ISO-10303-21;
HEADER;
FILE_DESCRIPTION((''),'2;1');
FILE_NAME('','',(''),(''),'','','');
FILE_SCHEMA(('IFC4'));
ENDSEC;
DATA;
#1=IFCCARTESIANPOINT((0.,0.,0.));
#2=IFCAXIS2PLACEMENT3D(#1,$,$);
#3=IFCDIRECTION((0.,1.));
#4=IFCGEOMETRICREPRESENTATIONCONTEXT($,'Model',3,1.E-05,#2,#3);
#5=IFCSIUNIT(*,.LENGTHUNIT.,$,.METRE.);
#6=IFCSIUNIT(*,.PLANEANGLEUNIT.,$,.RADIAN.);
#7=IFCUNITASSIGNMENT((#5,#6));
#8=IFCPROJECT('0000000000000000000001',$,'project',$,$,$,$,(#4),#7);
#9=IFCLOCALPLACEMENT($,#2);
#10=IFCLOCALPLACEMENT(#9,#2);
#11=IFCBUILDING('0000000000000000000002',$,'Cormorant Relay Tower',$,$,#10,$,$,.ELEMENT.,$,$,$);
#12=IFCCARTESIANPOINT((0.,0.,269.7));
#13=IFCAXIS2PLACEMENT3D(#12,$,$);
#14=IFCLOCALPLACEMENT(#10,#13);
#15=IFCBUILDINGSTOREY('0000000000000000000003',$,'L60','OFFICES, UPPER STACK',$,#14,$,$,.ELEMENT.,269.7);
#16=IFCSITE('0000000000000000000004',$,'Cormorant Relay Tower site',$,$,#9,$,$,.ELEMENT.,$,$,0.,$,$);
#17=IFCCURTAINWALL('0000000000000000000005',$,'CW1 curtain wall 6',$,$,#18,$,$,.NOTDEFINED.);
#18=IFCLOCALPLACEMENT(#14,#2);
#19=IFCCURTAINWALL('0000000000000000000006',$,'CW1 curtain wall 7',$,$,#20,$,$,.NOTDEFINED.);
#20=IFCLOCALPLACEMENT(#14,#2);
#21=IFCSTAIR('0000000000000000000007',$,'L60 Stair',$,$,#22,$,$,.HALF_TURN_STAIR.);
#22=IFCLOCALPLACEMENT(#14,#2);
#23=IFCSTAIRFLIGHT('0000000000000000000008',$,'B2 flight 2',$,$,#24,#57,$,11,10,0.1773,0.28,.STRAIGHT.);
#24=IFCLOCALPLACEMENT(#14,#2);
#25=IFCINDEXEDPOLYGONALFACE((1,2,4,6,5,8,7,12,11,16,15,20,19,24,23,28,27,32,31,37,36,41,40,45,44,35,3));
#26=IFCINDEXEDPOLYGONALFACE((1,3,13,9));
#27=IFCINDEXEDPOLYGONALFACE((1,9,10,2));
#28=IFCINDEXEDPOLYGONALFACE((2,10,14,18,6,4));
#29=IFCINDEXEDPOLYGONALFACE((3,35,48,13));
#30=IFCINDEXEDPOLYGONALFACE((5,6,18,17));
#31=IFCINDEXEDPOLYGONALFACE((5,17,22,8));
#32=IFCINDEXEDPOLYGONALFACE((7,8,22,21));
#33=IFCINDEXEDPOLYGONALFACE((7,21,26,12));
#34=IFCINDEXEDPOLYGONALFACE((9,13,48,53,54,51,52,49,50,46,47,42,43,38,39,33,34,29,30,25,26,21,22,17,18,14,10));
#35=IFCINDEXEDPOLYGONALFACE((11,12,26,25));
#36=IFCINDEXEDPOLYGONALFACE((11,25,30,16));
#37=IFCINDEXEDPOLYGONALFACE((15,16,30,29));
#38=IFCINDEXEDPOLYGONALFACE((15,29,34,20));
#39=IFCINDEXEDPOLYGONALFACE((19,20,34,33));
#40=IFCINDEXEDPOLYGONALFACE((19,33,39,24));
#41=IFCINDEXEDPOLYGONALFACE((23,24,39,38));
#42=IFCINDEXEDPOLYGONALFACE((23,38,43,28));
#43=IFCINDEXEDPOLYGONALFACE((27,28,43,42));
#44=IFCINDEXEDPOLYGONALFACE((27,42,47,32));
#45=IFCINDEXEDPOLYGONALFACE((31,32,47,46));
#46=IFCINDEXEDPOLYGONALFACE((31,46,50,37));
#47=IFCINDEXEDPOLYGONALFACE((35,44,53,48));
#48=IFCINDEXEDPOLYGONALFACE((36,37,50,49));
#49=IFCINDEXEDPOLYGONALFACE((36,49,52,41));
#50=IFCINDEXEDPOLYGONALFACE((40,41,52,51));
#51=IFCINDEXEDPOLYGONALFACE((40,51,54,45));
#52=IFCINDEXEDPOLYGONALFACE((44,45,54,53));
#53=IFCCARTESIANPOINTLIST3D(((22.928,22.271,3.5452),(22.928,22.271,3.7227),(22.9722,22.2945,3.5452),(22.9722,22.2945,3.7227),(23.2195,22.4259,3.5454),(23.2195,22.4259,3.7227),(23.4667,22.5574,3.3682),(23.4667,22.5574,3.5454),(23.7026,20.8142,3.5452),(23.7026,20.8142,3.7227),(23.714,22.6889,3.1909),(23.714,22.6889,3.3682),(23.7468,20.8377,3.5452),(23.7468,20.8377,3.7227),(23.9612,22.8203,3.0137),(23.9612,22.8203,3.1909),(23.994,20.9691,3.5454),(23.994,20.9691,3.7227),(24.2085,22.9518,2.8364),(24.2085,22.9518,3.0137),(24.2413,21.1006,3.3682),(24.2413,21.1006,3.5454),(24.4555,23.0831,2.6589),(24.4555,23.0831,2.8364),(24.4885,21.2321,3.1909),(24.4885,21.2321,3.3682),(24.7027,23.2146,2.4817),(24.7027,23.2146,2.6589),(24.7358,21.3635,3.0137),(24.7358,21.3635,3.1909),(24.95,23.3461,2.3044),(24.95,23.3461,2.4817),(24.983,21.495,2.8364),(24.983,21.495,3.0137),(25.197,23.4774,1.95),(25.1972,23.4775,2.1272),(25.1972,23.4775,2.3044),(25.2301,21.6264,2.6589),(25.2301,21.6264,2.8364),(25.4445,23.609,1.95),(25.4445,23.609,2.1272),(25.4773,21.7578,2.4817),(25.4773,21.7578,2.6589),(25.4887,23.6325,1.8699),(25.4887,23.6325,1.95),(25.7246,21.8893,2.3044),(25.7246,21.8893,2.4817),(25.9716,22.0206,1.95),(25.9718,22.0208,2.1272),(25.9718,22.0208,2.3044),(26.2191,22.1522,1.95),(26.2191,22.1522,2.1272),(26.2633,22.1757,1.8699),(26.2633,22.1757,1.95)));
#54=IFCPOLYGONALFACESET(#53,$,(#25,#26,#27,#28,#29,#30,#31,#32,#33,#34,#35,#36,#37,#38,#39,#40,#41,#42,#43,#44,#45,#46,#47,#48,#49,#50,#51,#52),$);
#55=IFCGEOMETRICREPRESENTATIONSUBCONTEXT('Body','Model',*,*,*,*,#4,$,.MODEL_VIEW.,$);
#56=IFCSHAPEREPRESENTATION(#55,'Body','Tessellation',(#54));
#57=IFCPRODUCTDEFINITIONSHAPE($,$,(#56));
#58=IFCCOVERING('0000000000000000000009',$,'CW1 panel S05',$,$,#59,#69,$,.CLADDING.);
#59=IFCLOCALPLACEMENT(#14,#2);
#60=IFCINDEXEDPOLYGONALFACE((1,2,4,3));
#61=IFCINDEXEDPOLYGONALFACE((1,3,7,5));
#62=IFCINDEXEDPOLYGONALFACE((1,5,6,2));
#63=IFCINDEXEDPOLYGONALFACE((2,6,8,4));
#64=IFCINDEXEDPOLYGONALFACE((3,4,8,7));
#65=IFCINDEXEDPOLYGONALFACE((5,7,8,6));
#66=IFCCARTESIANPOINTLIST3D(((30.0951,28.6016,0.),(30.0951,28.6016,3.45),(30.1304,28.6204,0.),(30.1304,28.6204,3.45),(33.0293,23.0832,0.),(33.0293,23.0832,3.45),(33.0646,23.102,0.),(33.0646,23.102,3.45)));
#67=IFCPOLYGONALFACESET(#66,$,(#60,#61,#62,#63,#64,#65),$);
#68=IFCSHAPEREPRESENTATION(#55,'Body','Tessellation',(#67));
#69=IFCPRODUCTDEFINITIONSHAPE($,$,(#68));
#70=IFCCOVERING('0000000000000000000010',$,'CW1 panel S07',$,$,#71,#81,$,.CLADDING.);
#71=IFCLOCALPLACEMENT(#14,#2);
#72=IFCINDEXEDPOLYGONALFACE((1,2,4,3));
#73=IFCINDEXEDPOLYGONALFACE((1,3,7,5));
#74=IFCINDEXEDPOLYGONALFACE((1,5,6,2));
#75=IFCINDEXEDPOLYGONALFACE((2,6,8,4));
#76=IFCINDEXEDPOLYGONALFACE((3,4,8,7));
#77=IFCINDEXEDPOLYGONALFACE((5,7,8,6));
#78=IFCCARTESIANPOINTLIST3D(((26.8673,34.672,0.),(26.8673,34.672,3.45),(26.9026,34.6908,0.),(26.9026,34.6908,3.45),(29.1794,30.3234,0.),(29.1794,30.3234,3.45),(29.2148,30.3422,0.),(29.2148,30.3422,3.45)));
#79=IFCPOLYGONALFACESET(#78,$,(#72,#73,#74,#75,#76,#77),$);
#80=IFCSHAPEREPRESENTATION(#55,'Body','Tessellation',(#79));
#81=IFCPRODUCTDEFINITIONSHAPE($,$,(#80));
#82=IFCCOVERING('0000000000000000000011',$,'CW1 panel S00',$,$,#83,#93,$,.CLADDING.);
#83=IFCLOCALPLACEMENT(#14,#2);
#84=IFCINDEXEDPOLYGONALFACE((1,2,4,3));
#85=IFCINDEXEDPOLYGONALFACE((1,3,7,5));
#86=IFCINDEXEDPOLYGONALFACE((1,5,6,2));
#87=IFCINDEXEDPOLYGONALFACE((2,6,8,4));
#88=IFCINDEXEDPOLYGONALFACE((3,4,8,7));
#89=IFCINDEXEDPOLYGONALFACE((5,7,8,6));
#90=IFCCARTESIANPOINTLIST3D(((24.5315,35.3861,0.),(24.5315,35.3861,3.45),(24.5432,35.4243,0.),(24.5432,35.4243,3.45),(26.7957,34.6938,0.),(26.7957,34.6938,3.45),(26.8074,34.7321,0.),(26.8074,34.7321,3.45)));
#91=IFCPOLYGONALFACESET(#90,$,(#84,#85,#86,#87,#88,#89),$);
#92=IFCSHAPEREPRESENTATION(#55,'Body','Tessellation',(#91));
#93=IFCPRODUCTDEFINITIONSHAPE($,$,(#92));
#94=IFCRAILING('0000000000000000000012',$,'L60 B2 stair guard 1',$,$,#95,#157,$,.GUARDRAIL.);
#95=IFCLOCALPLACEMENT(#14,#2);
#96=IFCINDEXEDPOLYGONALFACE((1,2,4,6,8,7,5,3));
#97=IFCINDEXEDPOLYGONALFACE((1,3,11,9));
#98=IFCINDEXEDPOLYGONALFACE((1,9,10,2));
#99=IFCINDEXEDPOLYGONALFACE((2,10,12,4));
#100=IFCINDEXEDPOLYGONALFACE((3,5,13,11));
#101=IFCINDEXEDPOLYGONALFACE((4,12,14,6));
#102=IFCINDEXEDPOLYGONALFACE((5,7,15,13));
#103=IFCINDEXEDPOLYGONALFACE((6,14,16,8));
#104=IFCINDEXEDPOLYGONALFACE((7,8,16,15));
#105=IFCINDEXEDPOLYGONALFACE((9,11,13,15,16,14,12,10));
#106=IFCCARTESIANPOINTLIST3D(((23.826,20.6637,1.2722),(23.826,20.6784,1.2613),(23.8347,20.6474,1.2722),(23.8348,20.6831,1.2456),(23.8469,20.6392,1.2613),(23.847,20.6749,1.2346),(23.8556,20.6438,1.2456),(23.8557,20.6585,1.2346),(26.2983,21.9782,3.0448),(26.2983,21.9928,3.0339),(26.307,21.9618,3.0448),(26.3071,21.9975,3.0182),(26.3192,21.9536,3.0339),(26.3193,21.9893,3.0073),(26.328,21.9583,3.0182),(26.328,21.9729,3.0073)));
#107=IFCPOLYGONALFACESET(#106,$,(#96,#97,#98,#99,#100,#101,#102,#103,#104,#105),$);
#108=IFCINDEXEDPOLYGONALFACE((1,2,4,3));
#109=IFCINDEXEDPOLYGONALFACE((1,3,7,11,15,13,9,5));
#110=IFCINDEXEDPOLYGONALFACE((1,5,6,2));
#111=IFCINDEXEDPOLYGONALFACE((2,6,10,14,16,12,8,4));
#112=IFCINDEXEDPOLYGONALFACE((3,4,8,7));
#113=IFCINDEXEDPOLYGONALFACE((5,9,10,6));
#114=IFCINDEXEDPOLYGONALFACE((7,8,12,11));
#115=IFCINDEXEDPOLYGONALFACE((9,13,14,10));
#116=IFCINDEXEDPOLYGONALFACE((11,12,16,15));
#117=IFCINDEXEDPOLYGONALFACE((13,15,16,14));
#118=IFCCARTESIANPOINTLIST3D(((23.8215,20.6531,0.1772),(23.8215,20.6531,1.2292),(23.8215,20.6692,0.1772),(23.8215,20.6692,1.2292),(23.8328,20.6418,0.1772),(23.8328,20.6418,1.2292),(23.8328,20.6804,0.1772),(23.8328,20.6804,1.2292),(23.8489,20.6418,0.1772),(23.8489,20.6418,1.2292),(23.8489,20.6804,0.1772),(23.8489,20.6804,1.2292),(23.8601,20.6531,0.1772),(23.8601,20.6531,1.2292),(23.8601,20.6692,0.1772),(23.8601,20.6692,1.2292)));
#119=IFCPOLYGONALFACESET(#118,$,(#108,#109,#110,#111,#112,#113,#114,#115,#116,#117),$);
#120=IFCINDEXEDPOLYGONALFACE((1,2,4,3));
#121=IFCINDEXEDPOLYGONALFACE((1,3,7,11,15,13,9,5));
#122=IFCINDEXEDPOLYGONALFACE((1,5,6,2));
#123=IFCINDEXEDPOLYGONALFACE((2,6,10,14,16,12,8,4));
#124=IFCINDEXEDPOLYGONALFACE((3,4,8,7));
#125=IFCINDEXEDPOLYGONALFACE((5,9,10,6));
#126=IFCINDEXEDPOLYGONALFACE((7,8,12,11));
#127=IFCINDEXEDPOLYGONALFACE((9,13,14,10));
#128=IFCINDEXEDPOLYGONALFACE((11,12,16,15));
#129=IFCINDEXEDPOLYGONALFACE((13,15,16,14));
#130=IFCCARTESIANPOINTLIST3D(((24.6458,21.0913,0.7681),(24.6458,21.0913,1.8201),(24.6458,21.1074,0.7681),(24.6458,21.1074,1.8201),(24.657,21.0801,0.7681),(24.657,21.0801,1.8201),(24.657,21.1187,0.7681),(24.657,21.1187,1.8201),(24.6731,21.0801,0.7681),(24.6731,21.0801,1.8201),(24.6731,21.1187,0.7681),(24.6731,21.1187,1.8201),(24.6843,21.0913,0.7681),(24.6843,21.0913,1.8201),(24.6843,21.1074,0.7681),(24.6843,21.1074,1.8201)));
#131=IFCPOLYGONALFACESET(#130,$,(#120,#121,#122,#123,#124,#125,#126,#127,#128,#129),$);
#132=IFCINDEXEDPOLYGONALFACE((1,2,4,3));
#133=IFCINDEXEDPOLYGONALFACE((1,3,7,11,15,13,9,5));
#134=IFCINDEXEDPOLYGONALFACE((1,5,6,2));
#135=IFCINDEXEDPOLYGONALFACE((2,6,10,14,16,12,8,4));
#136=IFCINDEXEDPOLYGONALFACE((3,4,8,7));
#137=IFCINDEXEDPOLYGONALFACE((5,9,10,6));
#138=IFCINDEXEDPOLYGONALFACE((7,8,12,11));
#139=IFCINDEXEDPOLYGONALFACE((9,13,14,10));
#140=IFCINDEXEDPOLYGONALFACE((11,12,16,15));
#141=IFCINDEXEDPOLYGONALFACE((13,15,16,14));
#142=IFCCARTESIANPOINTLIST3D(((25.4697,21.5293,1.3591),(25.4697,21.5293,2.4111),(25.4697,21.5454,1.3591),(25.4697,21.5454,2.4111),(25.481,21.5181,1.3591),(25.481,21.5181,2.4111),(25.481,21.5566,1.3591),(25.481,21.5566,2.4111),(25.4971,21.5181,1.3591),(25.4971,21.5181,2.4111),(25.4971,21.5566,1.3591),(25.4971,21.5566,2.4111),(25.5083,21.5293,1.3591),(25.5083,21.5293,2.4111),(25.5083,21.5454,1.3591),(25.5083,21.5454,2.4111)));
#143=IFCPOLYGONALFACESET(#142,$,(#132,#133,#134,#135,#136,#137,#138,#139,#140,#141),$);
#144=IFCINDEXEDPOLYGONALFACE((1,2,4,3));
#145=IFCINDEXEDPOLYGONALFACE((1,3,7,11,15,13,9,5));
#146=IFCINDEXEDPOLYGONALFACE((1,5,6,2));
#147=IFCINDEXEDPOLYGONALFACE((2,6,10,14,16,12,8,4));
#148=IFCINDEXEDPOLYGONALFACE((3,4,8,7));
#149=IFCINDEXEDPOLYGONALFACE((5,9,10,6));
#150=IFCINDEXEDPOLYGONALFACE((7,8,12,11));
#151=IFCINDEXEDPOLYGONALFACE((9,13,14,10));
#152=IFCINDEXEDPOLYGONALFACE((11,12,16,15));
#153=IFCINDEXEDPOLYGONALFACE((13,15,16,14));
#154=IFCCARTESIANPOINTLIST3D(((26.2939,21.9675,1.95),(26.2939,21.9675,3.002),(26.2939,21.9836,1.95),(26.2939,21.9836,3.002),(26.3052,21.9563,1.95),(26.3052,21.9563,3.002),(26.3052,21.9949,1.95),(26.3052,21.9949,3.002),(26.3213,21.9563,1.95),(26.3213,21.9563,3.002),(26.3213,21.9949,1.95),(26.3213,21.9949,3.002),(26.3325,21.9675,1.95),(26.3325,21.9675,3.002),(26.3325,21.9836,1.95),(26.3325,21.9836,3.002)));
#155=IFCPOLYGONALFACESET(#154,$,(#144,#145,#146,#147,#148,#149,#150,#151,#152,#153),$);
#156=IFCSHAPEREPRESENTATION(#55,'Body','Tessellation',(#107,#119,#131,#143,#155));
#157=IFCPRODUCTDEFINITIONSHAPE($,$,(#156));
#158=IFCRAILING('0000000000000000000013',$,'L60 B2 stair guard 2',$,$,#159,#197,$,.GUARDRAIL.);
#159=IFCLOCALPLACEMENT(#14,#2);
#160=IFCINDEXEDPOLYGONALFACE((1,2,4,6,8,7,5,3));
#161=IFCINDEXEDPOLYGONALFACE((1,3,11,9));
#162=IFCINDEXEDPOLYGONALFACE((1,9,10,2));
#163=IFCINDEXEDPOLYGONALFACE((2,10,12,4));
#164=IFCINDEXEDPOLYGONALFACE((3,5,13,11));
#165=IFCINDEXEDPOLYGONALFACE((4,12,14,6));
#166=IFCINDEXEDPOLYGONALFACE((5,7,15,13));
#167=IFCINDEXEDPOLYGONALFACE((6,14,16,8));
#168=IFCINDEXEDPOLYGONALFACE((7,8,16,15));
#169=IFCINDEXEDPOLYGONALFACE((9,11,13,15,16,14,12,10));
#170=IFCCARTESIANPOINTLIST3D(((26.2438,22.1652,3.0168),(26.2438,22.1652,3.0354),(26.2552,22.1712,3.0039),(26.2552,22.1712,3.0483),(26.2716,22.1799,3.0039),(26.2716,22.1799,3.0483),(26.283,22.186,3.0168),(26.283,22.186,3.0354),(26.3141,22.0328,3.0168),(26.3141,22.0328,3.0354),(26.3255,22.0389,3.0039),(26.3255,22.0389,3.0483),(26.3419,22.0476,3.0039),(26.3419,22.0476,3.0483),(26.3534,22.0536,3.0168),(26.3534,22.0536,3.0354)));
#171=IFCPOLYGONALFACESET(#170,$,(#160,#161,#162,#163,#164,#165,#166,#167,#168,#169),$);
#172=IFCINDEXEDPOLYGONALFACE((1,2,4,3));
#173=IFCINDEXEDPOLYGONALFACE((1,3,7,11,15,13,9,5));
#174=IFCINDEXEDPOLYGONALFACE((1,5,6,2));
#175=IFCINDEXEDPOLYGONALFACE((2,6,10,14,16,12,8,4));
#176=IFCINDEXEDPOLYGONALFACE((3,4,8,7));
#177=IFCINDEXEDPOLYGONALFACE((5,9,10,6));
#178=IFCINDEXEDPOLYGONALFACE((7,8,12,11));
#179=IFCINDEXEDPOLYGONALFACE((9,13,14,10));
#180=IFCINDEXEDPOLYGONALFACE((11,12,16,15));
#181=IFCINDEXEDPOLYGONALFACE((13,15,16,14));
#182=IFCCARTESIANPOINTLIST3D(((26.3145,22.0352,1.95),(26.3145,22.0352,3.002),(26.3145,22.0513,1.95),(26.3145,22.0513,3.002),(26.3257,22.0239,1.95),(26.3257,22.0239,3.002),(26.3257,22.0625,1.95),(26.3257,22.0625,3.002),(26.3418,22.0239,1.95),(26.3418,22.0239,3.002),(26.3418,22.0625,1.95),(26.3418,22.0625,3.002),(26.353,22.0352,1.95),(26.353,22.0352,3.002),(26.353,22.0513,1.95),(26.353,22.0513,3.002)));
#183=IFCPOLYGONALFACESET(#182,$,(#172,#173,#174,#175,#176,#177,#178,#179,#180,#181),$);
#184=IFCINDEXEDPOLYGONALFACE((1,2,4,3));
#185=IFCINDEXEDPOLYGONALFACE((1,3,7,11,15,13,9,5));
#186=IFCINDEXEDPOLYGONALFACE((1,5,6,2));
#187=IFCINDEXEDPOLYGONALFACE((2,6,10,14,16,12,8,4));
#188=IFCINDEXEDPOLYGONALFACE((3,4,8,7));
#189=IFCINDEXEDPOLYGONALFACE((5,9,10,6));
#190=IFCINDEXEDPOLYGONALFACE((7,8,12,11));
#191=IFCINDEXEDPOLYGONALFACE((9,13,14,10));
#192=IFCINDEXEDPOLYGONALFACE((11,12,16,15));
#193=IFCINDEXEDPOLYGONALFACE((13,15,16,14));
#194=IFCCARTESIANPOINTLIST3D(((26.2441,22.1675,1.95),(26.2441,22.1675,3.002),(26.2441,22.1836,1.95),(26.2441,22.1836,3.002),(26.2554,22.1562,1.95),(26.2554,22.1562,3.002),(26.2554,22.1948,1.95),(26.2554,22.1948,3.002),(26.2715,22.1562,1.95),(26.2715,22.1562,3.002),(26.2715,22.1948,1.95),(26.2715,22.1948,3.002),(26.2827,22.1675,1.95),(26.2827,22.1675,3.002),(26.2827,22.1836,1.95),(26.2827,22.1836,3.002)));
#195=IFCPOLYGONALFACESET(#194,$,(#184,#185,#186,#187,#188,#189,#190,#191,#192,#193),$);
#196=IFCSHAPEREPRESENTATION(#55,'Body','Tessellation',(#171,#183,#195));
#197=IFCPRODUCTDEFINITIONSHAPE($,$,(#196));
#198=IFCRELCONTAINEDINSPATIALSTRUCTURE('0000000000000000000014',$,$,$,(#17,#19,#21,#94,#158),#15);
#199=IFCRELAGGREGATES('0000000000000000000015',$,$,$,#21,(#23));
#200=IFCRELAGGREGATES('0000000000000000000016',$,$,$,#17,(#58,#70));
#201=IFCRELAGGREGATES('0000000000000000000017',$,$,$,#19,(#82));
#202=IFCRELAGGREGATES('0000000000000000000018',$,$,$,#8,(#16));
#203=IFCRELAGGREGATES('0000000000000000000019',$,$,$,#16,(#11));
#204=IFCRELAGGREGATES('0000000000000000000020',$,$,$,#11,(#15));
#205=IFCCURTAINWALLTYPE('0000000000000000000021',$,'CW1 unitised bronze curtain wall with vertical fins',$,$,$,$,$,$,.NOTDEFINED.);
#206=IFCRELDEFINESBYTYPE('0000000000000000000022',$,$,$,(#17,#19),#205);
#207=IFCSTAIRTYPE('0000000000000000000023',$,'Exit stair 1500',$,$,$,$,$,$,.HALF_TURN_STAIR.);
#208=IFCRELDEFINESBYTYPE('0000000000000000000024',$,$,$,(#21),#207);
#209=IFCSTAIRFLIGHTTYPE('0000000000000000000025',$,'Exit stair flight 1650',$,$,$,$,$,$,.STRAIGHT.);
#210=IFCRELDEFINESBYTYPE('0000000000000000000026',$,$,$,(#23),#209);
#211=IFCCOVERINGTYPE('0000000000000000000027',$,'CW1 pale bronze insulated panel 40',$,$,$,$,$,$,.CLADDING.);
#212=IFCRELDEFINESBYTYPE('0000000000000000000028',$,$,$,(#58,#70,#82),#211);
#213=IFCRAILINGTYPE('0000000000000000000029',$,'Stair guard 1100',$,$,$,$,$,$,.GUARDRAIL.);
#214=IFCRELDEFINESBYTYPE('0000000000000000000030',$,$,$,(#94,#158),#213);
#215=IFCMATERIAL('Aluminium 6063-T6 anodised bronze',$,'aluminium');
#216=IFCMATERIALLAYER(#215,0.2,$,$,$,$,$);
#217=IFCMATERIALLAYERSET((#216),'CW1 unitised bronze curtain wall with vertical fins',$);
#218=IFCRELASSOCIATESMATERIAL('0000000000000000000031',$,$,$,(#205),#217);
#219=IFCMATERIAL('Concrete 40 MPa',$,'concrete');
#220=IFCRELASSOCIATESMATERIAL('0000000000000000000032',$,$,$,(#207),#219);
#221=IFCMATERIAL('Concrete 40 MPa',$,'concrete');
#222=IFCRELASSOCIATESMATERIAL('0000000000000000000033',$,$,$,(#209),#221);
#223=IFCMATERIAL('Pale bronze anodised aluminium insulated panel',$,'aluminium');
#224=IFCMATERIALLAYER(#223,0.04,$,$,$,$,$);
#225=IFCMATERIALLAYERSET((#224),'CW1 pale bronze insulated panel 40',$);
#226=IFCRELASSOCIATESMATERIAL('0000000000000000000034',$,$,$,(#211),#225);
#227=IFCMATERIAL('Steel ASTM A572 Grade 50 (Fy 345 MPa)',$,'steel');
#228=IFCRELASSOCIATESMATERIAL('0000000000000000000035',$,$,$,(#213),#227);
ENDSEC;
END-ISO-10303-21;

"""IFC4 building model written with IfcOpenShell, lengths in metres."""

from ifc_helpers import new_model, si_unit, direction, frame, origin, origin_2d, place, context, subcontext, project, spatial, polyline, rectangle, outline, extrude, material, layer, layer_set, type_object, element, aggregate, save


model = new_model("IFC4")

# Units and contexts
model_context = context("Model", 3, precision=1e-05, world=origin(), true_north=direction((0.0, 1.0)))
body_context = subcontext(model_context, "Body", "Model", "MODEL_VIEW")
ifc_project = project(units=[si_unit("LENGTHUNIT", "METRE"), si_unit("PLANEANGLEUNIT", "RADIAN")], contexts=[model_context])

# Site, building, storey
site_placement = place(None, origin())
site = spatial("IfcSite", under=ifc_project, at=site_placement, Name="Cormorant Relay Tower site", CompositionType="ELEMENT", RefElevation=0.0)
building_placement = place(site_placement, origin())
building = spatial("IfcBuilding", under=site, at=building_placement, Name="Cormorant Relay Tower", CompositionType="ELEMENT")
storey_placement = place(building_placement, frame((0.0, 0.0, 269.7)))
storey = spatial("IfcBuildingStorey", under=building, at=storey_placement, Name="L60", Description="OFFICES, UPPER STACK", CompositionType="ELEMENT", Elevation=269.7)

# Curtain walls
ifc_material_1 = material(Name="Aluminium 6063-T6 anodised bronze", Category="aluminium")
ifc_layer_1 = layer(ifc_material_1, 0.2)
ifc_layer_set_1 = layer_set([ifc_layer_1], Name="CW1 unitised bronze curtain wall with vertical fins")
curtain_wall_type = type_object("IfcCurtainWallType", Name="CW1 unitised bronze curtain wall with vertical fins", PredefinedType="NOTDEFINED", material=ifc_layer_set_1)
curtain_wall_1_placement = place(storey_placement, origin())
curtain_wall_1 = element("IfcCurtainWall", 1, at=curtain_wall_1_placement, inside=storey, type_object=curtain_wall_type, Name="CW1 curtain wall 6", PredefinedType="NOTDEFINED")
curtain_wall_2_placement = place(storey_placement, origin())
curtain_wall_2 = element("IfcCurtainWall", 2, at=curtain_wall_2_placement, inside=storey, type_object=curtain_wall_type, Name="CW1 curtain wall 7", PredefinedType="NOTDEFINED")

# Stair, stair flight
ifc_material_2 = material(Name="Concrete 40 MPa", Category="concrete")
stair_type = type_object("IfcStairType", Name="Exit stair 1500", PredefinedType="HALF_TURN_STAIR", material=ifc_material_2)
stair_placement = place(storey_placement, origin())
stair = element("IfcStair", 3, at=stair_placement, inside=storey, type_object=stair_type, Name="L60 Stair", PredefinedType="HALF_TURN_STAIR")
ifc_material_3 = material(Name="Concrete 40 MPa", Category="concrete")
stair_flight_type = type_object("IfcStairFlightType", Name="Exit stair flight 1650", PredefinedType="STRAIGHT", material=ifc_material_3)
stair_flight_1_placement = place(storey_placement, frame((25.8318, 22.8806, 1.95), z_axis=(0.0, 0.0, 1.0), x_axis=(-0.882948, -0.469472, 0.0)))
stair_flight_1 = element("IfcStairFlight", 4, at=stair_flight_1_placement, type_object=stair_flight_type, Name="B2 flight 2", NumberOfRisers=11, NumberOfTreads=10, PredefinedType="STRAIGHT", RiserHeight=0.1773, TreadLength=0.28, context=body_context, shape_type="SweptSolid", body=[
    extrude(outline(polyline([(-0.05, -0.0801), (-0.05, 0.0), (0.0, 0.0), (0.0, 0.1772), (0.28, 0.1772), (0.28, 0.3545), (0.5601, 0.3545), (0.5601, 0.5317), (0.8401, 0.5317), (0.8401, 0.709), (1.1201, 0.709), (1.1201, 0.8865), (1.3999, 0.8865), (1.3999, 1.0637), (1.6799, 1.0637), (1.6799, 1.241), (1.96, 1.241), (1.96, 1.4182), (2.24, 1.4182), (2.24, 1.5955), (2.52, 1.5955), (2.52, 1.7727), (2.8, 1.7727), (2.8501, 1.7727), (2.8501, 1.5952), (2.8, 1.5952), (0.2803, 0.0), (-0.05, -0.0801)])), frame((0.0, 0.825, 0.0), z_axis=(0.0, -1.0, 0.0), x_axis=(1.0, 0.0, 0.0)), (0.0, 0.0, 1.0), 1.6499),
])
aggregate(stair, [stair_flight_1])

# Coverings
ifc_material_4 = material(Name="Pale bronze anodised aluminium insulated panel", Category="aluminium")
ifc_layer_2 = layer(ifc_material_4, 0.04)
ifc_layer_set_2 = layer_set([ifc_layer_2], Name="CW1 pale bronze insulated panel 40")
covering_type = type_object("IfcCoveringType", Name="CW1 pale bronze insulated panel 40", PredefinedType="CLADDING", material=ifc_layer_set_2)
covering_1_placement = place(storey_placement, frame((31.5798, 25.8518, 0.0), z_axis=(0.0, 0.0, 1.0), x_axis=(-0.469472, 0.882948, 0.0)))
covering_1 = element("IfcCovering", 5, at=covering_1_placement, type_object=covering_type, Name="CW1 panel S05", PredefinedType="CLADDING", context=body_context, shape_type="SweptSolid", body=[
    extrude(rectangle(XDim=6.25, YDim=0.04, at=origin_2d()), origin(), (0.0, 0.0, 1.0), 3.45),
])
covering_2_placement = place(storey_placement, frame((28.041, 32.5071, 0.0), z_axis=(0.0, 0.0, 1.0), x_axis=(-0.469472, 0.882948, 0.0)))
covering_2 = element("IfcCovering", 6, at=covering_2_placement, type_object=covering_type, Name="CW1 panel S07", PredefinedType="CLADDING", context=body_context, shape_type="SweptSolid", body=[
    extrude(rectangle(XDim=4.925, YDim=0.04, at=origin_2d()), origin(), (0.0, 0.0, 1.0), 3.45),
])
aggregate(curtain_wall_1, [covering_1, covering_2])
covering_3_placement = place(storey_placement, frame((25.6694, 35.0591, 0.0), z_axis=(0.0, 0.0, 1.0), x_axis=(-0.956305, 0.292372, 0.0)))
covering_3 = element("IfcCovering", 7, at=covering_3_placement, type_object=covering_type, Name="CW1 panel S00", PredefinedType="CLADDING", context=body_context, shape_type="SweptSolid", body=[
    extrude(rectangle(XDim=2.3677, YDim=0.04, at=origin_2d()), origin(), (0.0, 0.0, 1.0), 3.45),
])
aggregate(curtain_wall_2, [covering_3])

# Railings
ifc_material_5 = material(Name="Steel ASTM A572 Grade 50 (Fy 345 MPa)", Category="steel")
railing_type_1 = type_object("IfcRailingType", Name="Stair guard 1100", PredefinedType="GUARDRAIL", material=ifc_material_5)
railing_1_placement = place(storey_placement, frame((23.8408, 20.6611, 0.1772)))
element("IfcRailing", 8, at=railing_1_placement, inside=storey, type_object=railing_type_1, Name="L60 B2 stair guard 1", PredefinedType="GUARDRAIL", context=body_context, shape_type="SweptSolid", body=[
    extrude(outline(polyline([(0.0222, 0.0093), (0.0093, 0.0222), (-0.0093, 0.0222), (-0.0222, 0.0093), (-0.0222, -0.0093), (-0.0093, -0.0222), (0.0093, -0.0222), (0.0222, -0.0093), (0.0222, 0.0093)])), frame((0.0, 0.0, 1.0762), z_axis=(0.746034, 0.396627, 0.534902), x_axis=(-0.469429, 0.88297, 0.0)), (0.0, 0.0, 1.0), 3.314),
    extrude(outline(polyline([(0.0193, 0.0081), (0.0081, 0.0193), (-0.0081, 0.0193), (-0.0193, 0.0081), (-0.0193, -0.0081), (-0.0081, -0.0193), (0.0081, -0.0193), (0.0193, -0.0081), (0.0193, 0.0081)])), origin(), (0.0, 0.0, 1.0), 1.052),
    extrude(outline(polyline([(0.0193, 0.0081), (0.0081, 0.0193), (-0.0081, 0.0193), (-0.0193, 0.0081), (-0.0193, -0.0081), (-0.0081, -0.0193), (0.0081, -0.0193), (0.0193, -0.0081), (0.0193, 0.0081)])), frame((0.8242, 0.4382, 0.5908)), (0.0, 0.0, 1.0), 1.052),
    extrude(outline(polyline([(0.0193, 0.0081), (0.0081, 0.0193), (-0.0081, 0.0193), (-0.0193, 0.0081), (-0.0193, -0.0081), (-0.0081, -0.0193), (0.0081, -0.0193), (0.0193, -0.0081), (0.0193, 0.0081)])), frame((1.6482, 0.8762, 1.1819)), (0.0, 0.0, 1.0), 1.052),
    extrude(outline(polyline([(0.0193, 0.0081), (0.0081, 0.0193), (-0.0081, 0.0193), (-0.0193, 0.0081), (-0.0193, -0.0081), (-0.0081, -0.0193), (0.0081, -0.0193), (0.0193, -0.0081), (0.0193, 0.0081)])), frame((2.4724, 1.3145, 1.7727)), (0.0, 0.0, 1.0), 1.052),
])
railing_2_placement = place(storey_placement, frame((26.3337, 22.0432, 1.95)))
element("IfcRailing", 9, at=railing_2_placement, inside=storey, type_object=railing_type_1, Name="L60 B2 stair guard 2", PredefinedType="GUARDRAIL", context=body_context, shape_type="SweptSolid", body=[
    extrude(outline(polyline([(0.0222, 0.0093), (0.0093, 0.0222), (-0.0093, 0.0222), (-0.0222, 0.0093), (-0.0222, -0.0093), (-0.0093, -0.0222), (0.0093, -0.0222), (0.0222, -0.0093), (0.0222, 0.0093)])), frame((0.0, 0.0, 1.0762), z_axis=(-0.469235, 0.883074, 0.0), x_axis=(-0.883074, -0.469235, 0.0)), (0.0, 0.0, 1.0), 0.1499),
    extrude(outline(polyline([(0.0193, 0.0081), (0.0081, 0.0193), (-0.0081, 0.0193), (-0.0193, 0.0081), (-0.0193, -0.0081), (-0.0081, -0.0193), (0.0081, -0.0193), (0.0193, -0.0081), (0.0193, 0.0081)])), origin(), (0.0, 0.0, 1.0), 1.052),
    extrude(outline(polyline([(0.0193, 0.0081), (0.0081, 0.0193), (-0.0081, 0.0193), (-0.0193, 0.0081), (-0.0193, -0.0081), (-0.0081, -0.0193), (0.0081, -0.0193), (0.0193, -0.0081), (0.0193, 0.0081)])), frame((-0.0703, 0.1323, 0.0)), (0.0, 0.0, 1.0), 1.052),
])

save(model, "model.ifc")
